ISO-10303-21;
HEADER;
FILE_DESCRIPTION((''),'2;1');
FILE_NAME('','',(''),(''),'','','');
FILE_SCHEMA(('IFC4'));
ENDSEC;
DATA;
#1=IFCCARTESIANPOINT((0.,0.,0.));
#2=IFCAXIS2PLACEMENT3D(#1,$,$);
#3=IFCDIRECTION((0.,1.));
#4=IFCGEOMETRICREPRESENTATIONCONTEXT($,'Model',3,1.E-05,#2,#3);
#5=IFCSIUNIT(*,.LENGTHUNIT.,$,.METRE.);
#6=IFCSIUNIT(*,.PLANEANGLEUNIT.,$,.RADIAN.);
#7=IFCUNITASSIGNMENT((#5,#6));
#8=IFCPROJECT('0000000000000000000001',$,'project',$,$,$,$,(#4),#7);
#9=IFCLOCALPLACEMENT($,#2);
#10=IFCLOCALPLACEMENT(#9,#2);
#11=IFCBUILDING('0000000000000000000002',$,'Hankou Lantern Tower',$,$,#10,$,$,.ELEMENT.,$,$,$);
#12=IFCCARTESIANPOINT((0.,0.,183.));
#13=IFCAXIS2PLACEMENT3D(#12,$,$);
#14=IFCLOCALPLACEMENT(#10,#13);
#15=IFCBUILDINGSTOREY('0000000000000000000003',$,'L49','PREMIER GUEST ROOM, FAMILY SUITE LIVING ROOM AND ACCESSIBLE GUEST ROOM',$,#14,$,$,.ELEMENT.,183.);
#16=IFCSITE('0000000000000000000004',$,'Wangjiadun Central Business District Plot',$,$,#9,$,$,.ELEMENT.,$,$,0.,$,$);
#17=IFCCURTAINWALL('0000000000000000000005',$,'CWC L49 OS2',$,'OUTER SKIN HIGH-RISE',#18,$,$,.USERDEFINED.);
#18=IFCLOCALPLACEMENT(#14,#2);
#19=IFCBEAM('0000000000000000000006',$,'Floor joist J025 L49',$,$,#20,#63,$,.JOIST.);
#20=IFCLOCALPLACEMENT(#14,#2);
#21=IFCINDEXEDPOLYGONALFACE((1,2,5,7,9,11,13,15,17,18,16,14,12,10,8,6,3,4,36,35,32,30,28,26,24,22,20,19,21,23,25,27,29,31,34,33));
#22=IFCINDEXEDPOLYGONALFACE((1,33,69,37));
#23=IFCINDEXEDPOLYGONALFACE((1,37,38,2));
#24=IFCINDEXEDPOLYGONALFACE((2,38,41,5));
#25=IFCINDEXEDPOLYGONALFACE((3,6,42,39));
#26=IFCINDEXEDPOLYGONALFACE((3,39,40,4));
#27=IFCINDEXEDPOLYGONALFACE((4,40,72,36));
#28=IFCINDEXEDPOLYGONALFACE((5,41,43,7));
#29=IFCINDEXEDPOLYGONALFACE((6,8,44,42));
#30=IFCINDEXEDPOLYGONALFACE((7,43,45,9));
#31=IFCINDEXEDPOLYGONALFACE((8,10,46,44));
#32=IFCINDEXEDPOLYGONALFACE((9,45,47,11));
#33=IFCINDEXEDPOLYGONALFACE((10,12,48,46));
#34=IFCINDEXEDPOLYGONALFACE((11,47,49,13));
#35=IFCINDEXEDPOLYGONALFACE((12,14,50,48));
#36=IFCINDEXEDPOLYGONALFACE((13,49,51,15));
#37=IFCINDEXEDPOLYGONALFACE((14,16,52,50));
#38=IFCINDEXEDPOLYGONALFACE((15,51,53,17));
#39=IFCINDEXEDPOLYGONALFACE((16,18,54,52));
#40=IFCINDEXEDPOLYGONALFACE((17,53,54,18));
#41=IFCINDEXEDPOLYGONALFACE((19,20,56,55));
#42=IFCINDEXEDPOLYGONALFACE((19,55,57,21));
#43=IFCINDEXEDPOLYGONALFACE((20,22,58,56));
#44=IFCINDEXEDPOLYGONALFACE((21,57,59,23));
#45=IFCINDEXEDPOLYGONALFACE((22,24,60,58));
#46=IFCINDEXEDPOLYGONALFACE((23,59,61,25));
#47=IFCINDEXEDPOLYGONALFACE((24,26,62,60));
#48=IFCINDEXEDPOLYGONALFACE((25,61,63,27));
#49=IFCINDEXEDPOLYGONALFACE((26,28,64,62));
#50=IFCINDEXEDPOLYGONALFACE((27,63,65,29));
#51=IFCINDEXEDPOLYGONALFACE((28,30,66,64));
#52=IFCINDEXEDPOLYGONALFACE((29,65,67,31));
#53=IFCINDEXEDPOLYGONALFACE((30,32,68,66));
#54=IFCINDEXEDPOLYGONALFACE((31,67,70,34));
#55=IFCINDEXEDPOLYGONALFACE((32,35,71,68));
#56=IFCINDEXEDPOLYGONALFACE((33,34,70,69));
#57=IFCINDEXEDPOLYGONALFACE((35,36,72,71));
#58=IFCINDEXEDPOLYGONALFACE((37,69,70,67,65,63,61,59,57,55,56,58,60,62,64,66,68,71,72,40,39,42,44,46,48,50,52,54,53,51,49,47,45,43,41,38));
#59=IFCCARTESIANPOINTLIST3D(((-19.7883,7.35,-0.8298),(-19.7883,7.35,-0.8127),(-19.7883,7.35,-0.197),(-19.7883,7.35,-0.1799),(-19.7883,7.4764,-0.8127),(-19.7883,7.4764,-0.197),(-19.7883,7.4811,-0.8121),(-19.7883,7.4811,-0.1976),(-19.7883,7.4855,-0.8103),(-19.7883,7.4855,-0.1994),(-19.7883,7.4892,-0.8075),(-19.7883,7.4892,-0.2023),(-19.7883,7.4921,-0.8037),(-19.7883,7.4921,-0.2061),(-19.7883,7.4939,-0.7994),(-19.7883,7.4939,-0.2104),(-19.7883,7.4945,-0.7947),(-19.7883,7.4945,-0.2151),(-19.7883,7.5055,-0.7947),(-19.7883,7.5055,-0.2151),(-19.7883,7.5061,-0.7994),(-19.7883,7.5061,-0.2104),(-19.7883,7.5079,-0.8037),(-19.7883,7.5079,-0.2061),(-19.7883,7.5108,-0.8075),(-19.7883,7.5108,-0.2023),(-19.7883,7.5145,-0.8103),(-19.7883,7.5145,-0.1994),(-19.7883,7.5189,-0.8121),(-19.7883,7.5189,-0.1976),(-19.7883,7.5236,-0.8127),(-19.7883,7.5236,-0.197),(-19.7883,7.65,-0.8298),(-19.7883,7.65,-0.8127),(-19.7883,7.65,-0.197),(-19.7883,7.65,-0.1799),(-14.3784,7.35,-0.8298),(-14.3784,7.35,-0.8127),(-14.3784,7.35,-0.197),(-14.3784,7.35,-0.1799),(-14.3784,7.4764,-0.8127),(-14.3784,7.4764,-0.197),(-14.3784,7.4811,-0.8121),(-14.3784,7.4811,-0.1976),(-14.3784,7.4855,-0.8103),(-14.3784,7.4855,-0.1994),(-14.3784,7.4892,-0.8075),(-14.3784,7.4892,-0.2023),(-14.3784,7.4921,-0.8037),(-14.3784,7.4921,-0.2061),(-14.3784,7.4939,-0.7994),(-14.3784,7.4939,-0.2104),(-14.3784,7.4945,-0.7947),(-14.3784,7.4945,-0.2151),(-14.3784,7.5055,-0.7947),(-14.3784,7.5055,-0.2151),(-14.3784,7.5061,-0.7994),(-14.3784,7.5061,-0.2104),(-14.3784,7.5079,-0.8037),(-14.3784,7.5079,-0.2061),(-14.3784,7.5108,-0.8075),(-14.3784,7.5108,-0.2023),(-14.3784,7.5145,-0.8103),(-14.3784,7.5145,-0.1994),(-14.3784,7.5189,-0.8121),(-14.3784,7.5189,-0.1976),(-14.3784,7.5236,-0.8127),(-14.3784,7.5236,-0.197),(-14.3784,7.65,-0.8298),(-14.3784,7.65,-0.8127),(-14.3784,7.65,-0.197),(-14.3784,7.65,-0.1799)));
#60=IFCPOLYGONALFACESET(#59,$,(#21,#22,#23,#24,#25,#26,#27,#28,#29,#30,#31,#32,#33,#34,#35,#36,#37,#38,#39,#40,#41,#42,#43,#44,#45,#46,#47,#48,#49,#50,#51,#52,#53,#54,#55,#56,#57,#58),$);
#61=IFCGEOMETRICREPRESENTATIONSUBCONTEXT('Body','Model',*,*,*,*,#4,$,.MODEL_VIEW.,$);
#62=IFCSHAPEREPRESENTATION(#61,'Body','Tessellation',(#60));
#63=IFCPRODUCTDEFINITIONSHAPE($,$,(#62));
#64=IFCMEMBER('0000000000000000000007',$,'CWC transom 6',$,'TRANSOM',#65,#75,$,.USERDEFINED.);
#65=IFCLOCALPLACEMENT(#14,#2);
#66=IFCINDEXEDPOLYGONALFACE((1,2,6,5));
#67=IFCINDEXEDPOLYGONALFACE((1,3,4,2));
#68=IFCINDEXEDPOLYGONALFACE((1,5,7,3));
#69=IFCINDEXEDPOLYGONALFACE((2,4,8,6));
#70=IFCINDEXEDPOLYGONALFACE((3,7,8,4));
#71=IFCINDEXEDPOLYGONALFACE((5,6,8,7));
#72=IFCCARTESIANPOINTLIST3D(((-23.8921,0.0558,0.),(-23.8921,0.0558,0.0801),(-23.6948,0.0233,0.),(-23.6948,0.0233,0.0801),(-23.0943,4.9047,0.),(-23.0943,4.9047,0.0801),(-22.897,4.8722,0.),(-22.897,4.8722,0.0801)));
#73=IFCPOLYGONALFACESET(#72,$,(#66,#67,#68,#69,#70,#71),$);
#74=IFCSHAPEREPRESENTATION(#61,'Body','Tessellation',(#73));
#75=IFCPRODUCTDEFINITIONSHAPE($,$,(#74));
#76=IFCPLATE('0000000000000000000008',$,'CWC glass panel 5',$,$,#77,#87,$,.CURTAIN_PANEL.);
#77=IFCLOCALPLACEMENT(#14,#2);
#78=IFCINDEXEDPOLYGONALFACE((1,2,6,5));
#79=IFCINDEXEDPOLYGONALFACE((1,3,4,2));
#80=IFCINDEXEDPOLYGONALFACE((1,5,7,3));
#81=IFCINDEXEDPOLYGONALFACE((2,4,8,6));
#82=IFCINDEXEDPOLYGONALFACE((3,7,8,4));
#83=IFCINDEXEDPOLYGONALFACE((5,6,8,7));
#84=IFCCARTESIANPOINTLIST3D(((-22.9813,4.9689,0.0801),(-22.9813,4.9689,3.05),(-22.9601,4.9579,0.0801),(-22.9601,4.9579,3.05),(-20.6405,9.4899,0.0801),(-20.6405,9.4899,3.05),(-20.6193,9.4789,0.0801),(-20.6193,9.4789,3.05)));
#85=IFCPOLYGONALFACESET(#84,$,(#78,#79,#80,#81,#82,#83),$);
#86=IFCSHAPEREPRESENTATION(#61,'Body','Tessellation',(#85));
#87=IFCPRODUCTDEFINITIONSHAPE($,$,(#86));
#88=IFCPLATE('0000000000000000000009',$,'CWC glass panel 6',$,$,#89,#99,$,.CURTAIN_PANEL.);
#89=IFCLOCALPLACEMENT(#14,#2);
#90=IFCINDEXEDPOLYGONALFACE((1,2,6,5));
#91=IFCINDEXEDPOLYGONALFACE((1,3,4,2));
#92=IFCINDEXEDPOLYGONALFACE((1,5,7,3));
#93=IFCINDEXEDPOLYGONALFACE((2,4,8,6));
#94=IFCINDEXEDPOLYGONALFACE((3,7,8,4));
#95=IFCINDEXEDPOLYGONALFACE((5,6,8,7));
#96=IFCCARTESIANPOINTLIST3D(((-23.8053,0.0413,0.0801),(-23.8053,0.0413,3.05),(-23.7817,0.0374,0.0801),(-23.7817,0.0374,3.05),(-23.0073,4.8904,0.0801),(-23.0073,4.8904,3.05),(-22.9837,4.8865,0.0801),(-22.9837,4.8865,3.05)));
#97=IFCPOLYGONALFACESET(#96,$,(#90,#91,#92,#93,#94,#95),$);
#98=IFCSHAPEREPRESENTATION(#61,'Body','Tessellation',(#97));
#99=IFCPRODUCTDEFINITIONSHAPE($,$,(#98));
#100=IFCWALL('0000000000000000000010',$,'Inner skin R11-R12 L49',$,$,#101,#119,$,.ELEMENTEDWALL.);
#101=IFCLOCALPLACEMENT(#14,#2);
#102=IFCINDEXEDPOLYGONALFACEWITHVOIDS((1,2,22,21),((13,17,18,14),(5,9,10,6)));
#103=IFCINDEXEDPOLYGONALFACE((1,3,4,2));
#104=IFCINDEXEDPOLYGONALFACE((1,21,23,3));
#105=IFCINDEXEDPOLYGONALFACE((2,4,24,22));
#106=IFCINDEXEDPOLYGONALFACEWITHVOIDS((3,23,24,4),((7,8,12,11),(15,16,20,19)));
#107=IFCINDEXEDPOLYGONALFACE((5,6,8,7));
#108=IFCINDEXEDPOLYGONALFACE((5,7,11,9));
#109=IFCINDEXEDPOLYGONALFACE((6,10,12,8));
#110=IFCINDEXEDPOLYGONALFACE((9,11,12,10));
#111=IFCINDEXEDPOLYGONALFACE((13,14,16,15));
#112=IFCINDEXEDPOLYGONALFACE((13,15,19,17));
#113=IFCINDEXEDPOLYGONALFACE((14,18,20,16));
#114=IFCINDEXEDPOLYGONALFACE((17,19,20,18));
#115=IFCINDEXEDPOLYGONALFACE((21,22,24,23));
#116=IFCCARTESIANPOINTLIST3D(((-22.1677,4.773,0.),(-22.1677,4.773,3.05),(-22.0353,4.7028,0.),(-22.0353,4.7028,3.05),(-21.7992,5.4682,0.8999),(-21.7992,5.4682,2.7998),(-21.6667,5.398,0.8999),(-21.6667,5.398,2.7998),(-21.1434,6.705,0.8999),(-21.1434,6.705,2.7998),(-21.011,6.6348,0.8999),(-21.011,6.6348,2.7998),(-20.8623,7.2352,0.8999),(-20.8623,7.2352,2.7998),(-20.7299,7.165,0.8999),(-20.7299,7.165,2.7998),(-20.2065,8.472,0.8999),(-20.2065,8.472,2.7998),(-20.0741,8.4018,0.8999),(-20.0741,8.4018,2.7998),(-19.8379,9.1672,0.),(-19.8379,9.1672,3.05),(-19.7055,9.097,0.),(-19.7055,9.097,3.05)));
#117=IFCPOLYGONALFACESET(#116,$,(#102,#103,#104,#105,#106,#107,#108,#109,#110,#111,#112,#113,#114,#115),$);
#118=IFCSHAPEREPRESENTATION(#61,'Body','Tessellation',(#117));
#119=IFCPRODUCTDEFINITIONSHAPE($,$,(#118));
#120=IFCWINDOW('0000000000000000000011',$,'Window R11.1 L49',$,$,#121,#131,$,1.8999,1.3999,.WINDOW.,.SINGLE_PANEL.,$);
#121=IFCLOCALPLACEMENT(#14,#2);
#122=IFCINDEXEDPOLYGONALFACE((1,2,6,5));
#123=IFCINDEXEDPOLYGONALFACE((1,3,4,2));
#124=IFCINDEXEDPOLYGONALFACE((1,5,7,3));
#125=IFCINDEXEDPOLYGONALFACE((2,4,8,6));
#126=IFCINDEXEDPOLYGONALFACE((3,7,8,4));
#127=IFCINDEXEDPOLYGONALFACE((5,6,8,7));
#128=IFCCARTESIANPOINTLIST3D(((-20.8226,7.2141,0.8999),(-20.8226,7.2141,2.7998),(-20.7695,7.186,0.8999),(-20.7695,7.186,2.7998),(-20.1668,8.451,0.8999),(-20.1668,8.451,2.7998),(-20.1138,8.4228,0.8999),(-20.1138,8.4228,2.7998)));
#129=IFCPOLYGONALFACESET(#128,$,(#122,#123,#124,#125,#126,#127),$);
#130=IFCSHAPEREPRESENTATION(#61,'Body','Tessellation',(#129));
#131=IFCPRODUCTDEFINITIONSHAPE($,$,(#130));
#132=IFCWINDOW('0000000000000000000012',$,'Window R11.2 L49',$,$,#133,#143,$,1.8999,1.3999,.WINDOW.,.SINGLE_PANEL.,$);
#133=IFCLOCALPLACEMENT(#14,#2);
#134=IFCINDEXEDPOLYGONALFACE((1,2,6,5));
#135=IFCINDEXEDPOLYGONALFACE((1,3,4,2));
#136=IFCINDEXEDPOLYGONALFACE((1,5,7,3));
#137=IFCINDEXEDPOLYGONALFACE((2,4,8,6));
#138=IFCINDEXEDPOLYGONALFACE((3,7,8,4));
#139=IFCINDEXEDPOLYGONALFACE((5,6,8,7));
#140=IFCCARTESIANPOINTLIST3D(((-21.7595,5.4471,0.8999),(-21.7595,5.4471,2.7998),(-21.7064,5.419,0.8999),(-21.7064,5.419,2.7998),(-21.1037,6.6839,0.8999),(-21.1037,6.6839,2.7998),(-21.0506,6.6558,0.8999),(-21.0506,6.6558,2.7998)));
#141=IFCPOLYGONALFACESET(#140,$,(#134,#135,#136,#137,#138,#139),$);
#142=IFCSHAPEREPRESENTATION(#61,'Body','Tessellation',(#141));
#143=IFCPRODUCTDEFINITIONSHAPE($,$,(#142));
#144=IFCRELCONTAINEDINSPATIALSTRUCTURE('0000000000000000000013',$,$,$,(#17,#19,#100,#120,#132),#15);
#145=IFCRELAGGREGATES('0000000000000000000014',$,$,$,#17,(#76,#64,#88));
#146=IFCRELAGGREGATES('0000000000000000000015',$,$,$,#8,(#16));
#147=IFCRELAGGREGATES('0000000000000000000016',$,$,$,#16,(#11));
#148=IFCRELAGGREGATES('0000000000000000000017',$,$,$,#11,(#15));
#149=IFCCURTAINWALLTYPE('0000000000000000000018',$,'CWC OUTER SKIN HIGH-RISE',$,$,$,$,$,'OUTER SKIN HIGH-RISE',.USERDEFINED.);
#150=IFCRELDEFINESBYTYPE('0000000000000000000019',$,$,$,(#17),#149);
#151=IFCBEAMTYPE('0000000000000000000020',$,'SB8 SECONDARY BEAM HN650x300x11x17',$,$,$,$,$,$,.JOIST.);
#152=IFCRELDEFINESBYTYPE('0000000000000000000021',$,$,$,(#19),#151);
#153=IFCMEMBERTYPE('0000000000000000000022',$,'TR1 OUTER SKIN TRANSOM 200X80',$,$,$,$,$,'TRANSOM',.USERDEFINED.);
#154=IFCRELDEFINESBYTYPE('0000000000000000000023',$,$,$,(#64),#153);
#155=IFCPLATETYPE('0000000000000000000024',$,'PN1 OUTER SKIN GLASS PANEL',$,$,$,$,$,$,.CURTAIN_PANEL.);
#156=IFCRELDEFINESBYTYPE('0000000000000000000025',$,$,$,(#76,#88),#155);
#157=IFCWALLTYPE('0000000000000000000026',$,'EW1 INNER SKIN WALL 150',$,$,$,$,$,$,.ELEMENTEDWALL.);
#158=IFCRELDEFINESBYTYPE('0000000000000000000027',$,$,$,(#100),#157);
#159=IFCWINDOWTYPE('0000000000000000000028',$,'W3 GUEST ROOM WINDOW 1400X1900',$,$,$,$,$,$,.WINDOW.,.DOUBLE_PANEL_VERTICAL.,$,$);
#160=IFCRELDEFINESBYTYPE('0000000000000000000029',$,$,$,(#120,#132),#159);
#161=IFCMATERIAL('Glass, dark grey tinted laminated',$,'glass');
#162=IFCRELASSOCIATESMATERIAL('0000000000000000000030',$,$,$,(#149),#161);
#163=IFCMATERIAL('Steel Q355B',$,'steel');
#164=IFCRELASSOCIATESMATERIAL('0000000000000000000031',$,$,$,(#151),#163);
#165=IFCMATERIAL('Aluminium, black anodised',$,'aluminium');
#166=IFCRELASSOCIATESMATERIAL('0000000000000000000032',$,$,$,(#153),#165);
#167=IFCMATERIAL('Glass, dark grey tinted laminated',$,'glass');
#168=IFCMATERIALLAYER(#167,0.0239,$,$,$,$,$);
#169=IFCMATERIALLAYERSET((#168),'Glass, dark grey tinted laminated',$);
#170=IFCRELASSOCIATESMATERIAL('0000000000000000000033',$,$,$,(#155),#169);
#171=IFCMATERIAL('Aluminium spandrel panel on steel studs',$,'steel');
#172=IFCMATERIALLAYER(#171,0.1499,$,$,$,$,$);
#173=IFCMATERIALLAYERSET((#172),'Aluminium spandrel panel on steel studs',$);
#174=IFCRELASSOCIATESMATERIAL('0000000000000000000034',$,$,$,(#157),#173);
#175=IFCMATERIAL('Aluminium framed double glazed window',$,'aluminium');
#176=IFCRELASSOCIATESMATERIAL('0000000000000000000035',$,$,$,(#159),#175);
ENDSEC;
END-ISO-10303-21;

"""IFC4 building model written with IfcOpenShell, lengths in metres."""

from ifc_helpers import new_model, si_unit, direction, frame, frame_2d, origin, origin_2d, place, context, subcontext, project, spatial, rectangle, i_section, extrude, material, layer, layer_set, material_profile, profile_set, type_object, element, fill, aggregate, save


model = new_model("IFC4")

# Units and contexts
model_context = context("Model", 3, precision=1e-05, world=origin(), true_north=direction((0.0, 1.0)))
body_context = subcontext(model_context, "Body", "Model", "MODEL_VIEW")
ifc_project = project(units=[si_unit("LENGTHUNIT", "METRE"), si_unit("PLANEANGLEUNIT", "RADIAN")], contexts=[model_context])

# Site, building, storey
site_placement = place(None, origin())
site = spatial("IfcSite", under=ifc_project, at=site_placement, Name="Wangjiadun Central Business District Plot", CompositionType="ELEMENT", RefElevation=0.0)
building_placement = place(site_placement, origin())
building = spatial("IfcBuilding", under=site, at=building_placement, Name="Hankou Lantern Tower", CompositionType="ELEMENT")
storey_placement = place(building_placement, frame((0.0, 0.0, 183.0)))
storey = spatial("IfcBuildingStorey", under=building, at=storey_placement, Name="L49", Description="PREMIER GUEST ROOM, FAMILY SUITE LIVING ROOM AND ACCESSIBLE GUEST ROOM", CompositionType="ELEMENT", Elevation=183.0)

# Curtain wall
ifc_material_1 = material(Name="Glass, dark grey tinted laminated", Category="glass")
curtain_wall_type = type_object("IfcCurtainWallType", Name="CWC OUTER SKIN HIGH-RISE", ElementType="OUTER SKIN HIGH-RISE", PredefinedType="USERDEFINED", material=ifc_material_1)
curtain_wall_placement = place(storey_placement, origin())
curtain_wall = element("IfcCurtainWall", 1, at=curtain_wall_placement, inside=storey, type_object=curtain_wall_type, Name="CWC L49 OS2", ObjectType="OUTER SKIN HIGH-RISE", PredefinedType="USERDEFINED")

# Beam
ifc_material_2 = material(Name="Steel Q355B", Category="steel")
ifc_material_profile_1 = material_profile(ifc_material_2, i_section(OverallWidth=0.3, OverallDepth=0.6499, WebThickness=0.011, FlangeThickness=0.0171, FilletRadius=0.0181, at=origin_2d()), Name="HN650x300x11x17")
ifc_profile_set_1 = profile_set([ifc_material_profile_1], Name="Steel Q355B")
beam_type_1 = type_object("IfcBeamType", Name="SB8 SECONDARY BEAM HN650x300x11x17", PredefinedType="JOIST", material=ifc_profile_set_1)
beam_1_placement = place(storey_placement, frame((-19.7883, 7.5, -0.5049), z_axis=(1.0, 0.0, 0.0), x_axis=(0.0, 1.0, 0.0)))
element("IfcBeam", 2, at=beam_1_placement, inside=storey, type_object=beam_type_1, Name="Floor joist J025 L49", PredefinedType="JOIST", context=body_context, shape_type="SweptSolid", body=[
    extrude(i_section(OverallWidth=0.3, OverallDepth=0.6499, WebThickness=0.011, FlangeThickness=0.0171, FilletRadius=0.0181, at=origin_2d()), origin(), (0.0, 0.0, 1.0), 5.4099),
])

# Member
ifc_material_3 = material(Name="Aluminium, black anodised", Category="aluminium")
ifc_material_profile_2 = material_profile(ifc_material_3, rectangle(XDim=0.2, YDim=0.0801, at=origin_2d()), Name="TR1 200X80")
ifc_profile_set_2 = profile_set([ifc_material_profile_2], Name="Aluminium, black anodised")
member_type_1 = type_object("IfcMemberType", Name="TR1 OUTER SKIN TRANSOM 200X80", ElementType="TRANSOM", PredefinedType="USERDEFINED", material=ifc_profile_set_2)
member_1_placement = place(storey_placement, frame((-22.9956, 4.8884, 0.04), z_axis=(-0.16236, -0.986732, 0.0), x_axis=(0.986732, -0.16236, 0.0)))
member_1 = element("IfcMember", 3, at=member_1_placement, type_object=member_type_1, Name="CWC transom 6", ObjectType="TRANSOM", PredefinedType="USERDEFINED", context=body_context, shape_type="SweptSolid", body=[
    extrude(rectangle(XDim=0.2, YDim=0.0801, at=origin_2d()), origin(), (0.0, 0.0, 1.0), 4.9141),
])

# Plates
ifc_material_4 = material(Name="Glass, dark grey tinted laminated", Category="glass")
ifc_layer_1 = layer(ifc_material_4, 0.0239)
ifc_layer_set_1 = layer_set([ifc_layer_1], Name="Glass, dark grey tinted laminated")
plate_type = type_object("IfcPlateType", Name="PN1 OUTER SKIN GLASS PANEL", PredefinedType="CURTAIN_PANEL", material=ifc_layer_set_1)
plate_1_placement = place(storey_placement, frame((-21.8003, 7.2239, 0.0801), z_axis=(0.0, 0.0, 1.0), x_axis=(-0.459791, -0.888027, 0.0)))
plate_1 = element("IfcPlate", 4, at=plate_1_placement, type_object=plate_type, Name="CWC glass panel 5", PredefinedType="CURTAIN_PANEL", context=body_context, shape_type="SweptSolid", body=[
    extrude(rectangle(XDim=5.0911, YDim=0.0239, at=origin_2d()), origin(), (0.0, 0.0, 1.0), 2.97),
])
plate_2_placement = place(storey_placement, frame((-23.3945, 2.4639, 0.0801), z_axis=(0.0, 0.0, 1.0), x_axis=(-0.162382, -0.986728, 0.0)))
plate_2 = element("IfcPlate", 5, at=plate_2_placement, type_object=plate_type, Name="CWC glass panel 6", PredefinedType="CURTAIN_PANEL", context=body_context, shape_type="SweptSolid", body=[
    extrude(rectangle(XDim=4.9143, YDim=0.0239, at=origin_2d()), origin(), (0.0, 0.0, 1.0), 2.97),
])
aggregate(curtain_wall, [plate_1, member_1, plate_2])

# Wall, openings, windows
ifc_material_5 = material(Name="Aluminium spandrel panel on steel studs", Category="steel")
ifc_layer_2 = layer(ifc_material_5, 0.1499)
ifc_layer_set_2 = layer_set([ifc_layer_2], Name="Aluminium spandrel panel on steel studs")
wall_type_1 = type_object("IfcWallType", Name="EW1 INNER SKIN WALL 150", PredefinedType="ELEMENTEDWALL", material=ifc_layer_set_2)
wall_1_placement = place(storey_placement, frame((-19.7717, 9.1321, 0.0), z_axis=(0.0, 0.0, 1.0), x_axis=(-0.468429, -0.883501, 0.0)))
wall_1 = element("IfcWall", 6, at=wall_1_placement, inside=storey, type_object=wall_type_1, Name="Inner skin R11-R12 L49", PredefinedType="ELEMENTEDWALL", context=body_context, shape_type="SweptSolid", body=[
    extrude(rectangle(XDim=4.9736, YDim=0.1499, at=frame_2d((2.4868, 0.0))), origin(), (0.0, 0.0, 1.0), 3.05),
])
opening_1_placement = place(wall_1_placement, frame((0.7869, 0.0, 0.8999)))
opening_1 = element("IfcOpeningElement", 7, at=opening_1_placement, cuts=wall_1, PredefinedType="OPENING", context=body_context, shape_type="SweptSolid", body=[
    extrude(rectangle(XDim=1.3999, YDim=1.8999, at=frame_2d((0.7, 0.95))), frame((0.0, 0.085, 0.0), z_axis=(0.0, -1.0, 0.0), x_axis=(1.0, 0.0, 0.0)), (0.0, 0.0, 1.0), 0.1699),
])
opening_2_placement = place(wall_1_placement, frame((2.7869, 0.0, 0.8999)))
opening_2 = element("IfcOpeningElement", 8, at=opening_2_placement, cuts=wall_1, PredefinedType="OPENING", context=body_context, shape_type="SweptSolid", body=[
    extrude(rectangle(XDim=1.3999, YDim=1.8999, at=frame_2d((0.7, 0.95))), frame((0.0, 0.085, 0.0), z_axis=(0.0, -1.0, 0.0), x_axis=(1.0, 0.0, 0.0)), (0.0, 0.0, 1.0), 0.1699),
])
ifc_material_6 = material(Name="Aluminium framed double glazed window", Category="aluminium")
window_type = type_object("IfcWindowType", Name="W3 GUEST ROOM WINDOW 1400X1900", PartitioningType="DOUBLE_PANEL_VERTICAL", PredefinedType="WINDOW", material=ifc_material_6)
window_1_placement = place(opening_1_placement, origin())
window_1 = element("IfcWindow", 9, at=window_1_placement, inside=storey, type_object=window_type, Name="Window R11.1 L49", OverallHeight=1.8999, OverallWidth=1.3999, PartitioningType="SINGLE_PANEL", PredefinedType="WINDOW", context=body_context, shape_type="SweptSolid", body=[
    extrude(rectangle(XDim=1.3999, YDim=1.8999, at=frame_2d((0.7, 0.95))), frame((0.0, 0.03, 0.0), z_axis=(0.0, -1.0, 0.0), x_axis=(1.0, 0.0, 0.0)), (0.0, 0.0, 1.0), 0.0601),
])
fill(opening_1, window_1)
window_2_placement = place(opening_2_placement, origin())
window_2 = element("IfcWindow", 10, at=window_2_placement, inside=storey, type_object=window_type, Name="Window R11.2 L49", OverallHeight=1.8999, OverallWidth=1.3999, PartitioningType="SINGLE_PANEL", PredefinedType="WINDOW", context=body_context, shape_type="SweptSolid", body=[
    extrude(rectangle(XDim=1.3999, YDim=1.8999, at=frame_2d((0.7, 0.95))), frame((0.0, 0.03, 0.0), z_axis=(0.0, -1.0, 0.0), x_axis=(1.0, 0.0, 0.0)), (0.0, 0.0, 1.0), 0.0601),
])
fill(opening_2, window_2)

save(model, "model.ifc")
